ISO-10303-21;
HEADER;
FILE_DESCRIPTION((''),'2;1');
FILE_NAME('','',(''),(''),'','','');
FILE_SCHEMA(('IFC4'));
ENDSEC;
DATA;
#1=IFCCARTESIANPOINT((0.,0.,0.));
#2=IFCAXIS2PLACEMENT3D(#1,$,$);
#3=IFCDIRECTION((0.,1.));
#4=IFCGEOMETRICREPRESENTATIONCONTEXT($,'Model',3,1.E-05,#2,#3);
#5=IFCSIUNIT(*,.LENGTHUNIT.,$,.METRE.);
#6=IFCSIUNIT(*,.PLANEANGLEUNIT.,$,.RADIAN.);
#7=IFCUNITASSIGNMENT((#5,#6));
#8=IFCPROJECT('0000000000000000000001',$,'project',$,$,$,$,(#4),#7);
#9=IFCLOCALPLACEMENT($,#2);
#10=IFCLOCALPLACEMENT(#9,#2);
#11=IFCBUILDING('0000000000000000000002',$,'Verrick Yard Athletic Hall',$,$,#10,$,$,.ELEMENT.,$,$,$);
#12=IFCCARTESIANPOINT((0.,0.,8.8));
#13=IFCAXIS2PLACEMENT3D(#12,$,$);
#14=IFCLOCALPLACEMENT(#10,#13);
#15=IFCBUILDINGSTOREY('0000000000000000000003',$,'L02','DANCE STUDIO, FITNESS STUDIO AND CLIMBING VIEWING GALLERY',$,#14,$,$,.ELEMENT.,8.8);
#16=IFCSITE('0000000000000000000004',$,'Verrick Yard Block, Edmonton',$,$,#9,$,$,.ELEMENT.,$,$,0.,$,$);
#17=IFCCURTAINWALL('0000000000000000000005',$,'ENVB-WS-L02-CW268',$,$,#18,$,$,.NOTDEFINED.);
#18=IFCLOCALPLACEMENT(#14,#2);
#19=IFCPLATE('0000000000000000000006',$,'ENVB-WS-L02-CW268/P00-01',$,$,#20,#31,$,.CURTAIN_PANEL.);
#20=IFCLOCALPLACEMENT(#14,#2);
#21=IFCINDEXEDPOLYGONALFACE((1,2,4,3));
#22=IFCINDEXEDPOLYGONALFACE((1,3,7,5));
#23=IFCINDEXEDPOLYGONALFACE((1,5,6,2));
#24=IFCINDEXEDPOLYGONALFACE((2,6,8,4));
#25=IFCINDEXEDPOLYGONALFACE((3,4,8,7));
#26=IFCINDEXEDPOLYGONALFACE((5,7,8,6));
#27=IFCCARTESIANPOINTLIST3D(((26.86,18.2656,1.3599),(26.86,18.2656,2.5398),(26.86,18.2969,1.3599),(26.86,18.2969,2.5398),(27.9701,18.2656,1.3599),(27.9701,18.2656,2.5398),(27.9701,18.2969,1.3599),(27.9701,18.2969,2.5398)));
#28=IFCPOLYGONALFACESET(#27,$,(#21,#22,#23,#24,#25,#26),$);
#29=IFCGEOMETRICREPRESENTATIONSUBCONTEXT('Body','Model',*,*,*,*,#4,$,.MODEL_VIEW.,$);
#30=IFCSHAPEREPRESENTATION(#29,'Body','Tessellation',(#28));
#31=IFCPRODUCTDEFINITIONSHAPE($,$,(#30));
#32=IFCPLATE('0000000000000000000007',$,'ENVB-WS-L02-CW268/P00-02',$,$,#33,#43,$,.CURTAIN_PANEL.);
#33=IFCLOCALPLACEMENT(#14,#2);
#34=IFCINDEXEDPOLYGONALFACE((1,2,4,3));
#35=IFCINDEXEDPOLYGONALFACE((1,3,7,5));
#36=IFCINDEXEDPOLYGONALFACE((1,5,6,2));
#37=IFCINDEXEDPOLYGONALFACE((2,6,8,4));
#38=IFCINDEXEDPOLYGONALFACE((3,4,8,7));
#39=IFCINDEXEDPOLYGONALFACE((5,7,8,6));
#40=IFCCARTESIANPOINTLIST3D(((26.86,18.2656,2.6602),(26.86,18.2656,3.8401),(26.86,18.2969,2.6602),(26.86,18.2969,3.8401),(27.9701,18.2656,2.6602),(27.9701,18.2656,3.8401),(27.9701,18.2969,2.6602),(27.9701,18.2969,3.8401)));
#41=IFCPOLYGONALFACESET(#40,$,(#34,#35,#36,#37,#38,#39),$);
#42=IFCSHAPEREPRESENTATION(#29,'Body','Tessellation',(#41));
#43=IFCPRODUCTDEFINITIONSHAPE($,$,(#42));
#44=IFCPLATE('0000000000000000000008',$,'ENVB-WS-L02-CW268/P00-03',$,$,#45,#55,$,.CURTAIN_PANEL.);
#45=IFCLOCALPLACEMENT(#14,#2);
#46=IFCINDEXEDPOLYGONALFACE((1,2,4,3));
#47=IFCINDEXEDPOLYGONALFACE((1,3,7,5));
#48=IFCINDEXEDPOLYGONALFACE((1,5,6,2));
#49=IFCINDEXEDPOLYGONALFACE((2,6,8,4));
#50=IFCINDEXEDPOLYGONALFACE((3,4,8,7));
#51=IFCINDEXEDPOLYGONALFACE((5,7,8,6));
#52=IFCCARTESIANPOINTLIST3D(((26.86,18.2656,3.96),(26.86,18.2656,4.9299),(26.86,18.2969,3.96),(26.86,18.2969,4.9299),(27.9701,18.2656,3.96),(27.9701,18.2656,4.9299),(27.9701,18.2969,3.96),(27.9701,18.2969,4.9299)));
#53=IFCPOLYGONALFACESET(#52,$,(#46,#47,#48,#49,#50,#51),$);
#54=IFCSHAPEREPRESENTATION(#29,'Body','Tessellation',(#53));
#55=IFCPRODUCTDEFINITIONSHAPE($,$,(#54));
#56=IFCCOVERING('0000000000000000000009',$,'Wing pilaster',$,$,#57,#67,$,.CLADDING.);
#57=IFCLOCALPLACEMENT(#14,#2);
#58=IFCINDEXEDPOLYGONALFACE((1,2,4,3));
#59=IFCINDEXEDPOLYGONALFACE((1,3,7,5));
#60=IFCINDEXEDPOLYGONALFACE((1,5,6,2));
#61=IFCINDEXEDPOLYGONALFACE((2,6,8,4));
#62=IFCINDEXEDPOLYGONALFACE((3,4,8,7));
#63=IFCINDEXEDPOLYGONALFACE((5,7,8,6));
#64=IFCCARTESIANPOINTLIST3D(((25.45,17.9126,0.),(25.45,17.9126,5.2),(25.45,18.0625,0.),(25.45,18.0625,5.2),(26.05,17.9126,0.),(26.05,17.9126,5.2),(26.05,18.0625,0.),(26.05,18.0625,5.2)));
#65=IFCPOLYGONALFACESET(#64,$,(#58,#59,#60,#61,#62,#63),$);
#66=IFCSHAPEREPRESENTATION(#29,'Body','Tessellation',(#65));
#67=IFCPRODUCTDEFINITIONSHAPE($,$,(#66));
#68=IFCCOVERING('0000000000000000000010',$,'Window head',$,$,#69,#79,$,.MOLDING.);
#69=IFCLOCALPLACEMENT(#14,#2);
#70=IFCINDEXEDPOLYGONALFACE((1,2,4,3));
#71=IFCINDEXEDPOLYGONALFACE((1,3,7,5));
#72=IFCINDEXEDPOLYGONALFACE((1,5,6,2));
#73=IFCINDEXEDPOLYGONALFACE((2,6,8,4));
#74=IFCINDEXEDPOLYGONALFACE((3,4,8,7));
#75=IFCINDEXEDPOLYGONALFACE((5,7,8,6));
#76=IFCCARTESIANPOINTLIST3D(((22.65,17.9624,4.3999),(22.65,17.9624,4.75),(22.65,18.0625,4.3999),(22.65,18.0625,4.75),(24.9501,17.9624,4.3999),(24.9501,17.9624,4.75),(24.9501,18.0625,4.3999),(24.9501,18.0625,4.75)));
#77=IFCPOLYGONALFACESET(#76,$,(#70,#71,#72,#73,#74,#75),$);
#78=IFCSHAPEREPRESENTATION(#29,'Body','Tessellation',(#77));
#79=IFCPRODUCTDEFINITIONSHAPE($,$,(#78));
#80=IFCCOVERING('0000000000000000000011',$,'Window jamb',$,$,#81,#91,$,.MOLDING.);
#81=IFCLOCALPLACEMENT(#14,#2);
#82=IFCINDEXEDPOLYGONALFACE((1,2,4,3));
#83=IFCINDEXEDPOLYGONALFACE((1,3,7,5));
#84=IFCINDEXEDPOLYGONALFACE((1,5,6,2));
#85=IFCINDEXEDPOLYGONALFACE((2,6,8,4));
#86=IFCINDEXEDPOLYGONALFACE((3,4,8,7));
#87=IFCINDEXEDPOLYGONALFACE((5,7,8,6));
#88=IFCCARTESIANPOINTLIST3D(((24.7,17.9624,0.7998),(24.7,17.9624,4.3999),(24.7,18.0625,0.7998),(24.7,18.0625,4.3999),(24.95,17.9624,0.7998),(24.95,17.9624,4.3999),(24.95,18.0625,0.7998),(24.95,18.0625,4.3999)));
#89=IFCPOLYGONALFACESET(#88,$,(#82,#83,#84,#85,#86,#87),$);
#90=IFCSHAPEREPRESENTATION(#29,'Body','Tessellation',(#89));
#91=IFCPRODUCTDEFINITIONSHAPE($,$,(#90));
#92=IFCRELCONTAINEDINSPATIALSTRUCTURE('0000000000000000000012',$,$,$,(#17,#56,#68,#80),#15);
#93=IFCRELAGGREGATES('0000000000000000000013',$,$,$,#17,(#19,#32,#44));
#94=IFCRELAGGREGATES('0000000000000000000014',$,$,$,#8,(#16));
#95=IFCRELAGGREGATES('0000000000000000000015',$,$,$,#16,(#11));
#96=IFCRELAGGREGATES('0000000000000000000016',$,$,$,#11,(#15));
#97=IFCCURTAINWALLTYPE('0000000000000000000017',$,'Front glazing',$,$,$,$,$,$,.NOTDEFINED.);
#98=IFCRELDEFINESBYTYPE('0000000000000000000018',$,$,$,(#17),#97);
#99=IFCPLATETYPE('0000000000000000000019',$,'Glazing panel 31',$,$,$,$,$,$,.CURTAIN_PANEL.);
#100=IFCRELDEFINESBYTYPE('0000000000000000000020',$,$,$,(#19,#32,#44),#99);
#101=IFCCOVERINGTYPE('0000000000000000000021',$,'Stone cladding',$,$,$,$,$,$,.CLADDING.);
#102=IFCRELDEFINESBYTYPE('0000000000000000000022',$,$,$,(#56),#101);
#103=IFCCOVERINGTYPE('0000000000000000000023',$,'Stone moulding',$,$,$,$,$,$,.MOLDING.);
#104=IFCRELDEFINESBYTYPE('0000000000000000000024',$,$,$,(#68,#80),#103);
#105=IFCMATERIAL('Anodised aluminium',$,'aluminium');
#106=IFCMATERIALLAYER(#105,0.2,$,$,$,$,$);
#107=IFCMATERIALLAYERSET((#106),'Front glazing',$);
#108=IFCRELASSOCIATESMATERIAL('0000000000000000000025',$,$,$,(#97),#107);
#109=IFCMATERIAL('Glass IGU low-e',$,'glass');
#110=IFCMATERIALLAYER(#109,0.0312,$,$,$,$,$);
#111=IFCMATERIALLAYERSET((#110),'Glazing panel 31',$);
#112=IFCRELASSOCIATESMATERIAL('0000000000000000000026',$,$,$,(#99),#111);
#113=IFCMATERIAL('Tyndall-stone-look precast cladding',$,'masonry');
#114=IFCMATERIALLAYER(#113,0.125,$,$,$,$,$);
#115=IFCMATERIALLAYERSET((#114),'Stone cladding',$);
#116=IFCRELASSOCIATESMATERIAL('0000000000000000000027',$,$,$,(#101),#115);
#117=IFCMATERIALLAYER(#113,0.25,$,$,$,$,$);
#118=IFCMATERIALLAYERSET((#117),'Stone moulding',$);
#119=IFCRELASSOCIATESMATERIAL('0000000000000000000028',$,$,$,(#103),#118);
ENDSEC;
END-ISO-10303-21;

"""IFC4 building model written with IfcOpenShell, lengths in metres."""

from ifc_helpers import new_model, si_unit, direction, frame, origin, origin_2d, place, context, subcontext, project, spatial, rectangle, extrude, material, layer, layer_set, type_object, element, aggregate, save


model = new_model("IFC4")

# Units and contexts
model_context = context("Model", 3, precision=1e-05, world=origin(), true_north=direction((0.0, 1.0)))
body_context = subcontext(model_context, "Body", "Model", "MODEL_VIEW")
ifc_project = project(units=[si_unit("LENGTHUNIT", "METRE"), si_unit("PLANEANGLEUNIT", "RADIAN")], contexts=[model_context])

# Site, building, storey
site_placement = place(None, origin())
site = spatial("IfcSite", under=ifc_project, at=site_placement, Name="Verrick Yard Block, Edmonton", CompositionType="ELEMENT", RefElevation=0.0)
building_placement = place(site_placement, origin())
building = spatial("IfcBuilding", under=site, at=building_placement, Name="Verrick Yard Athletic Hall", CompositionType="ELEMENT")
storey_placement = place(building_placement, frame((0.0, 0.0, 8.8)))
storey = spatial("IfcBuildingStorey", under=building, at=storey_placement, Name="L02", Description="DANCE STUDIO, FITNESS STUDIO AND CLIMBING VIEWING GALLERY", CompositionType="ELEMENT", Elevation=8.8)

# Curtain wall
ifc_material_1 = material(Name="Anodised aluminium", Category="aluminium")
ifc_layer_1 = layer(ifc_material_1, 0.2)
ifc_layer_set_1 = layer_set([ifc_layer_1], Name="Front glazing")
curtain_wall_type = type_object("IfcCurtainWallType", Name="Front glazing", PredefinedType="NOTDEFINED", material=ifc_layer_set_1)
curtain_wall_placement = place(storey_placement, origin())
curtain_wall = element("IfcCurtainWall", 1, at=curtain_wall_placement, inside=storey, type_object=curtain_wall_type, Name="ENVB-WS-L02-CW268", PredefinedType="NOTDEFINED")

# Plates
ifc_material_2 = material(Name="Glass IGU low-e", Category="glass")
ifc_layer_2 = layer(ifc_material_2, 0.0312)
ifc_layer_set_2 = layer_set([ifc_layer_2], Name="Glazing panel 31")
plate_type = type_object("IfcPlateType", Name="Glazing panel 31", PredefinedType="CURTAIN_PANEL", material=ifc_layer_set_2)
plate_1_placement = place(storey_placement, frame((27.415, 18.2812, 1.3599), z_axis=(0.0, 0.0, 1.0), x_axis=(1.0, 0.0, 0.0)))
plate_1 = element("IfcPlate", 2, at=plate_1_placement, type_object=plate_type, Name="ENVB-WS-L02-CW268/P00-01", PredefinedType="CURTAIN_PANEL", context=body_context, shape_type="SweptSolid", body=[
    extrude(rectangle(XDim=1.1101, YDim=0.0312, at=origin_2d()), origin(), (0.0, 0.0, 1.0), 1.1799),
])
plate_2_placement = place(storey_placement, frame((27.415, 18.2812, 2.6602), z_axis=(0.0, 0.0, 1.0), x_axis=(1.0, 0.0, 0.0)))
plate_2 = element("IfcPlate", 3, at=plate_2_placement, type_object=plate_type, Name="ENVB-WS-L02-CW268/P00-02", PredefinedType="CURTAIN_PANEL", context=body_context, shape_type="SweptSolid", body=[
    extrude(rectangle(XDim=1.1101, YDim=0.0312, at=origin_2d()), origin(), (0.0, 0.0, 1.0), 1.1799),
])
plate_3_placement = place(storey_placement, frame((27.415, 18.2812, 3.96), z_axis=(0.0, 0.0, 1.0), x_axis=(1.0, 0.0, 0.0)))
plate_3 = element("IfcPlate", 4, at=plate_3_placement, type_object=plate_type, Name="ENVB-WS-L02-CW268/P00-03", PredefinedType="CURTAIN_PANEL", context=body_context, shape_type="SweptSolid", body=[
    extrude(rectangle(XDim=1.1101, YDim=0.0312, at=origin_2d()), origin(), (0.0, 0.0, 1.0), 0.97),
])
aggregate(curtain_wall, [plate_1, plate_2, plate_3])

# Coverings
ifc_material_3 = material(Name="Tyndall-stone-look precast cladding", Category="masonry")
ifc_layer_3 = layer(ifc_material_3, 0.125)
ifc_layer_set_3 = layer_set([ifc_layer_3], Name="Stone cladding")
covering_type_1 = type_object("IfcCoveringType", Name="Stone cladding", PredefinedType="CLADDING", material=ifc_layer_set_3)
covering_1_placement = place(storey_placement, frame((25.75, 17.9875, 0.0), z_axis=(0.0, 0.0, 1.0), x_axis=(1.0, 0.0, 0.0)))
element("IfcCovering", 5, at=covering_1_placement, inside=storey, type_object=covering_type_1, Name="Wing pilaster", PredefinedType="CLADDING", context=body_context, shape_type="SweptSolid", body=[
    extrude(rectangle(XDim=0.6001, YDim=0.1499, at=origin_2d()), origin(), (0.0, 0.0, 1.0), 5.2),
])
ifc_layer_4 = layer(ifc_material_3, 0.25)
ifc_layer_set_4 = layer_set([ifc_layer_4], Name="Stone moulding")
covering_type_2 = type_object("IfcCoveringType", Name="Stone moulding", PredefinedType="MOLDING", material=ifc_layer_set_4)
covering_2_placement = place(storey_placement, frame((23.8, 18.0125, 4.3999), z_axis=(0.0, 0.0, 1.0), x_axis=(1.0, 0.0, 0.0)))
element("IfcCovering", 6, at=covering_2_placement, inside=storey, type_object=covering_type_2, Name="Window head", PredefinedType="MOLDING", context=body_context, shape_type="SweptSolid", body=[
    extrude(rectangle(XDim=2.3, YDim=0.1001, at=origin_2d()), origin(), (0.0, 0.0, 1.0), 0.3501),
])
covering_3_placement = place(storey_placement, frame((24.825, 18.0125, 0.7998), z_axis=(0.0, 0.0, 1.0), x_axis=(1.0, 0.0, 0.0)))
element("IfcCovering", 7, at=covering_3_placement, inside=storey, type_object=covering_type_2, Name="Window jamb", PredefinedType="MOLDING", context=body_context, shape_type="SweptSolid", body=[
    extrude(rectangle(XDim=0.25, YDim=0.1001, at=origin_2d()), origin(), (0.0, 0.0, 1.0), 3.6001),
])

save(model, "model.ifc")
